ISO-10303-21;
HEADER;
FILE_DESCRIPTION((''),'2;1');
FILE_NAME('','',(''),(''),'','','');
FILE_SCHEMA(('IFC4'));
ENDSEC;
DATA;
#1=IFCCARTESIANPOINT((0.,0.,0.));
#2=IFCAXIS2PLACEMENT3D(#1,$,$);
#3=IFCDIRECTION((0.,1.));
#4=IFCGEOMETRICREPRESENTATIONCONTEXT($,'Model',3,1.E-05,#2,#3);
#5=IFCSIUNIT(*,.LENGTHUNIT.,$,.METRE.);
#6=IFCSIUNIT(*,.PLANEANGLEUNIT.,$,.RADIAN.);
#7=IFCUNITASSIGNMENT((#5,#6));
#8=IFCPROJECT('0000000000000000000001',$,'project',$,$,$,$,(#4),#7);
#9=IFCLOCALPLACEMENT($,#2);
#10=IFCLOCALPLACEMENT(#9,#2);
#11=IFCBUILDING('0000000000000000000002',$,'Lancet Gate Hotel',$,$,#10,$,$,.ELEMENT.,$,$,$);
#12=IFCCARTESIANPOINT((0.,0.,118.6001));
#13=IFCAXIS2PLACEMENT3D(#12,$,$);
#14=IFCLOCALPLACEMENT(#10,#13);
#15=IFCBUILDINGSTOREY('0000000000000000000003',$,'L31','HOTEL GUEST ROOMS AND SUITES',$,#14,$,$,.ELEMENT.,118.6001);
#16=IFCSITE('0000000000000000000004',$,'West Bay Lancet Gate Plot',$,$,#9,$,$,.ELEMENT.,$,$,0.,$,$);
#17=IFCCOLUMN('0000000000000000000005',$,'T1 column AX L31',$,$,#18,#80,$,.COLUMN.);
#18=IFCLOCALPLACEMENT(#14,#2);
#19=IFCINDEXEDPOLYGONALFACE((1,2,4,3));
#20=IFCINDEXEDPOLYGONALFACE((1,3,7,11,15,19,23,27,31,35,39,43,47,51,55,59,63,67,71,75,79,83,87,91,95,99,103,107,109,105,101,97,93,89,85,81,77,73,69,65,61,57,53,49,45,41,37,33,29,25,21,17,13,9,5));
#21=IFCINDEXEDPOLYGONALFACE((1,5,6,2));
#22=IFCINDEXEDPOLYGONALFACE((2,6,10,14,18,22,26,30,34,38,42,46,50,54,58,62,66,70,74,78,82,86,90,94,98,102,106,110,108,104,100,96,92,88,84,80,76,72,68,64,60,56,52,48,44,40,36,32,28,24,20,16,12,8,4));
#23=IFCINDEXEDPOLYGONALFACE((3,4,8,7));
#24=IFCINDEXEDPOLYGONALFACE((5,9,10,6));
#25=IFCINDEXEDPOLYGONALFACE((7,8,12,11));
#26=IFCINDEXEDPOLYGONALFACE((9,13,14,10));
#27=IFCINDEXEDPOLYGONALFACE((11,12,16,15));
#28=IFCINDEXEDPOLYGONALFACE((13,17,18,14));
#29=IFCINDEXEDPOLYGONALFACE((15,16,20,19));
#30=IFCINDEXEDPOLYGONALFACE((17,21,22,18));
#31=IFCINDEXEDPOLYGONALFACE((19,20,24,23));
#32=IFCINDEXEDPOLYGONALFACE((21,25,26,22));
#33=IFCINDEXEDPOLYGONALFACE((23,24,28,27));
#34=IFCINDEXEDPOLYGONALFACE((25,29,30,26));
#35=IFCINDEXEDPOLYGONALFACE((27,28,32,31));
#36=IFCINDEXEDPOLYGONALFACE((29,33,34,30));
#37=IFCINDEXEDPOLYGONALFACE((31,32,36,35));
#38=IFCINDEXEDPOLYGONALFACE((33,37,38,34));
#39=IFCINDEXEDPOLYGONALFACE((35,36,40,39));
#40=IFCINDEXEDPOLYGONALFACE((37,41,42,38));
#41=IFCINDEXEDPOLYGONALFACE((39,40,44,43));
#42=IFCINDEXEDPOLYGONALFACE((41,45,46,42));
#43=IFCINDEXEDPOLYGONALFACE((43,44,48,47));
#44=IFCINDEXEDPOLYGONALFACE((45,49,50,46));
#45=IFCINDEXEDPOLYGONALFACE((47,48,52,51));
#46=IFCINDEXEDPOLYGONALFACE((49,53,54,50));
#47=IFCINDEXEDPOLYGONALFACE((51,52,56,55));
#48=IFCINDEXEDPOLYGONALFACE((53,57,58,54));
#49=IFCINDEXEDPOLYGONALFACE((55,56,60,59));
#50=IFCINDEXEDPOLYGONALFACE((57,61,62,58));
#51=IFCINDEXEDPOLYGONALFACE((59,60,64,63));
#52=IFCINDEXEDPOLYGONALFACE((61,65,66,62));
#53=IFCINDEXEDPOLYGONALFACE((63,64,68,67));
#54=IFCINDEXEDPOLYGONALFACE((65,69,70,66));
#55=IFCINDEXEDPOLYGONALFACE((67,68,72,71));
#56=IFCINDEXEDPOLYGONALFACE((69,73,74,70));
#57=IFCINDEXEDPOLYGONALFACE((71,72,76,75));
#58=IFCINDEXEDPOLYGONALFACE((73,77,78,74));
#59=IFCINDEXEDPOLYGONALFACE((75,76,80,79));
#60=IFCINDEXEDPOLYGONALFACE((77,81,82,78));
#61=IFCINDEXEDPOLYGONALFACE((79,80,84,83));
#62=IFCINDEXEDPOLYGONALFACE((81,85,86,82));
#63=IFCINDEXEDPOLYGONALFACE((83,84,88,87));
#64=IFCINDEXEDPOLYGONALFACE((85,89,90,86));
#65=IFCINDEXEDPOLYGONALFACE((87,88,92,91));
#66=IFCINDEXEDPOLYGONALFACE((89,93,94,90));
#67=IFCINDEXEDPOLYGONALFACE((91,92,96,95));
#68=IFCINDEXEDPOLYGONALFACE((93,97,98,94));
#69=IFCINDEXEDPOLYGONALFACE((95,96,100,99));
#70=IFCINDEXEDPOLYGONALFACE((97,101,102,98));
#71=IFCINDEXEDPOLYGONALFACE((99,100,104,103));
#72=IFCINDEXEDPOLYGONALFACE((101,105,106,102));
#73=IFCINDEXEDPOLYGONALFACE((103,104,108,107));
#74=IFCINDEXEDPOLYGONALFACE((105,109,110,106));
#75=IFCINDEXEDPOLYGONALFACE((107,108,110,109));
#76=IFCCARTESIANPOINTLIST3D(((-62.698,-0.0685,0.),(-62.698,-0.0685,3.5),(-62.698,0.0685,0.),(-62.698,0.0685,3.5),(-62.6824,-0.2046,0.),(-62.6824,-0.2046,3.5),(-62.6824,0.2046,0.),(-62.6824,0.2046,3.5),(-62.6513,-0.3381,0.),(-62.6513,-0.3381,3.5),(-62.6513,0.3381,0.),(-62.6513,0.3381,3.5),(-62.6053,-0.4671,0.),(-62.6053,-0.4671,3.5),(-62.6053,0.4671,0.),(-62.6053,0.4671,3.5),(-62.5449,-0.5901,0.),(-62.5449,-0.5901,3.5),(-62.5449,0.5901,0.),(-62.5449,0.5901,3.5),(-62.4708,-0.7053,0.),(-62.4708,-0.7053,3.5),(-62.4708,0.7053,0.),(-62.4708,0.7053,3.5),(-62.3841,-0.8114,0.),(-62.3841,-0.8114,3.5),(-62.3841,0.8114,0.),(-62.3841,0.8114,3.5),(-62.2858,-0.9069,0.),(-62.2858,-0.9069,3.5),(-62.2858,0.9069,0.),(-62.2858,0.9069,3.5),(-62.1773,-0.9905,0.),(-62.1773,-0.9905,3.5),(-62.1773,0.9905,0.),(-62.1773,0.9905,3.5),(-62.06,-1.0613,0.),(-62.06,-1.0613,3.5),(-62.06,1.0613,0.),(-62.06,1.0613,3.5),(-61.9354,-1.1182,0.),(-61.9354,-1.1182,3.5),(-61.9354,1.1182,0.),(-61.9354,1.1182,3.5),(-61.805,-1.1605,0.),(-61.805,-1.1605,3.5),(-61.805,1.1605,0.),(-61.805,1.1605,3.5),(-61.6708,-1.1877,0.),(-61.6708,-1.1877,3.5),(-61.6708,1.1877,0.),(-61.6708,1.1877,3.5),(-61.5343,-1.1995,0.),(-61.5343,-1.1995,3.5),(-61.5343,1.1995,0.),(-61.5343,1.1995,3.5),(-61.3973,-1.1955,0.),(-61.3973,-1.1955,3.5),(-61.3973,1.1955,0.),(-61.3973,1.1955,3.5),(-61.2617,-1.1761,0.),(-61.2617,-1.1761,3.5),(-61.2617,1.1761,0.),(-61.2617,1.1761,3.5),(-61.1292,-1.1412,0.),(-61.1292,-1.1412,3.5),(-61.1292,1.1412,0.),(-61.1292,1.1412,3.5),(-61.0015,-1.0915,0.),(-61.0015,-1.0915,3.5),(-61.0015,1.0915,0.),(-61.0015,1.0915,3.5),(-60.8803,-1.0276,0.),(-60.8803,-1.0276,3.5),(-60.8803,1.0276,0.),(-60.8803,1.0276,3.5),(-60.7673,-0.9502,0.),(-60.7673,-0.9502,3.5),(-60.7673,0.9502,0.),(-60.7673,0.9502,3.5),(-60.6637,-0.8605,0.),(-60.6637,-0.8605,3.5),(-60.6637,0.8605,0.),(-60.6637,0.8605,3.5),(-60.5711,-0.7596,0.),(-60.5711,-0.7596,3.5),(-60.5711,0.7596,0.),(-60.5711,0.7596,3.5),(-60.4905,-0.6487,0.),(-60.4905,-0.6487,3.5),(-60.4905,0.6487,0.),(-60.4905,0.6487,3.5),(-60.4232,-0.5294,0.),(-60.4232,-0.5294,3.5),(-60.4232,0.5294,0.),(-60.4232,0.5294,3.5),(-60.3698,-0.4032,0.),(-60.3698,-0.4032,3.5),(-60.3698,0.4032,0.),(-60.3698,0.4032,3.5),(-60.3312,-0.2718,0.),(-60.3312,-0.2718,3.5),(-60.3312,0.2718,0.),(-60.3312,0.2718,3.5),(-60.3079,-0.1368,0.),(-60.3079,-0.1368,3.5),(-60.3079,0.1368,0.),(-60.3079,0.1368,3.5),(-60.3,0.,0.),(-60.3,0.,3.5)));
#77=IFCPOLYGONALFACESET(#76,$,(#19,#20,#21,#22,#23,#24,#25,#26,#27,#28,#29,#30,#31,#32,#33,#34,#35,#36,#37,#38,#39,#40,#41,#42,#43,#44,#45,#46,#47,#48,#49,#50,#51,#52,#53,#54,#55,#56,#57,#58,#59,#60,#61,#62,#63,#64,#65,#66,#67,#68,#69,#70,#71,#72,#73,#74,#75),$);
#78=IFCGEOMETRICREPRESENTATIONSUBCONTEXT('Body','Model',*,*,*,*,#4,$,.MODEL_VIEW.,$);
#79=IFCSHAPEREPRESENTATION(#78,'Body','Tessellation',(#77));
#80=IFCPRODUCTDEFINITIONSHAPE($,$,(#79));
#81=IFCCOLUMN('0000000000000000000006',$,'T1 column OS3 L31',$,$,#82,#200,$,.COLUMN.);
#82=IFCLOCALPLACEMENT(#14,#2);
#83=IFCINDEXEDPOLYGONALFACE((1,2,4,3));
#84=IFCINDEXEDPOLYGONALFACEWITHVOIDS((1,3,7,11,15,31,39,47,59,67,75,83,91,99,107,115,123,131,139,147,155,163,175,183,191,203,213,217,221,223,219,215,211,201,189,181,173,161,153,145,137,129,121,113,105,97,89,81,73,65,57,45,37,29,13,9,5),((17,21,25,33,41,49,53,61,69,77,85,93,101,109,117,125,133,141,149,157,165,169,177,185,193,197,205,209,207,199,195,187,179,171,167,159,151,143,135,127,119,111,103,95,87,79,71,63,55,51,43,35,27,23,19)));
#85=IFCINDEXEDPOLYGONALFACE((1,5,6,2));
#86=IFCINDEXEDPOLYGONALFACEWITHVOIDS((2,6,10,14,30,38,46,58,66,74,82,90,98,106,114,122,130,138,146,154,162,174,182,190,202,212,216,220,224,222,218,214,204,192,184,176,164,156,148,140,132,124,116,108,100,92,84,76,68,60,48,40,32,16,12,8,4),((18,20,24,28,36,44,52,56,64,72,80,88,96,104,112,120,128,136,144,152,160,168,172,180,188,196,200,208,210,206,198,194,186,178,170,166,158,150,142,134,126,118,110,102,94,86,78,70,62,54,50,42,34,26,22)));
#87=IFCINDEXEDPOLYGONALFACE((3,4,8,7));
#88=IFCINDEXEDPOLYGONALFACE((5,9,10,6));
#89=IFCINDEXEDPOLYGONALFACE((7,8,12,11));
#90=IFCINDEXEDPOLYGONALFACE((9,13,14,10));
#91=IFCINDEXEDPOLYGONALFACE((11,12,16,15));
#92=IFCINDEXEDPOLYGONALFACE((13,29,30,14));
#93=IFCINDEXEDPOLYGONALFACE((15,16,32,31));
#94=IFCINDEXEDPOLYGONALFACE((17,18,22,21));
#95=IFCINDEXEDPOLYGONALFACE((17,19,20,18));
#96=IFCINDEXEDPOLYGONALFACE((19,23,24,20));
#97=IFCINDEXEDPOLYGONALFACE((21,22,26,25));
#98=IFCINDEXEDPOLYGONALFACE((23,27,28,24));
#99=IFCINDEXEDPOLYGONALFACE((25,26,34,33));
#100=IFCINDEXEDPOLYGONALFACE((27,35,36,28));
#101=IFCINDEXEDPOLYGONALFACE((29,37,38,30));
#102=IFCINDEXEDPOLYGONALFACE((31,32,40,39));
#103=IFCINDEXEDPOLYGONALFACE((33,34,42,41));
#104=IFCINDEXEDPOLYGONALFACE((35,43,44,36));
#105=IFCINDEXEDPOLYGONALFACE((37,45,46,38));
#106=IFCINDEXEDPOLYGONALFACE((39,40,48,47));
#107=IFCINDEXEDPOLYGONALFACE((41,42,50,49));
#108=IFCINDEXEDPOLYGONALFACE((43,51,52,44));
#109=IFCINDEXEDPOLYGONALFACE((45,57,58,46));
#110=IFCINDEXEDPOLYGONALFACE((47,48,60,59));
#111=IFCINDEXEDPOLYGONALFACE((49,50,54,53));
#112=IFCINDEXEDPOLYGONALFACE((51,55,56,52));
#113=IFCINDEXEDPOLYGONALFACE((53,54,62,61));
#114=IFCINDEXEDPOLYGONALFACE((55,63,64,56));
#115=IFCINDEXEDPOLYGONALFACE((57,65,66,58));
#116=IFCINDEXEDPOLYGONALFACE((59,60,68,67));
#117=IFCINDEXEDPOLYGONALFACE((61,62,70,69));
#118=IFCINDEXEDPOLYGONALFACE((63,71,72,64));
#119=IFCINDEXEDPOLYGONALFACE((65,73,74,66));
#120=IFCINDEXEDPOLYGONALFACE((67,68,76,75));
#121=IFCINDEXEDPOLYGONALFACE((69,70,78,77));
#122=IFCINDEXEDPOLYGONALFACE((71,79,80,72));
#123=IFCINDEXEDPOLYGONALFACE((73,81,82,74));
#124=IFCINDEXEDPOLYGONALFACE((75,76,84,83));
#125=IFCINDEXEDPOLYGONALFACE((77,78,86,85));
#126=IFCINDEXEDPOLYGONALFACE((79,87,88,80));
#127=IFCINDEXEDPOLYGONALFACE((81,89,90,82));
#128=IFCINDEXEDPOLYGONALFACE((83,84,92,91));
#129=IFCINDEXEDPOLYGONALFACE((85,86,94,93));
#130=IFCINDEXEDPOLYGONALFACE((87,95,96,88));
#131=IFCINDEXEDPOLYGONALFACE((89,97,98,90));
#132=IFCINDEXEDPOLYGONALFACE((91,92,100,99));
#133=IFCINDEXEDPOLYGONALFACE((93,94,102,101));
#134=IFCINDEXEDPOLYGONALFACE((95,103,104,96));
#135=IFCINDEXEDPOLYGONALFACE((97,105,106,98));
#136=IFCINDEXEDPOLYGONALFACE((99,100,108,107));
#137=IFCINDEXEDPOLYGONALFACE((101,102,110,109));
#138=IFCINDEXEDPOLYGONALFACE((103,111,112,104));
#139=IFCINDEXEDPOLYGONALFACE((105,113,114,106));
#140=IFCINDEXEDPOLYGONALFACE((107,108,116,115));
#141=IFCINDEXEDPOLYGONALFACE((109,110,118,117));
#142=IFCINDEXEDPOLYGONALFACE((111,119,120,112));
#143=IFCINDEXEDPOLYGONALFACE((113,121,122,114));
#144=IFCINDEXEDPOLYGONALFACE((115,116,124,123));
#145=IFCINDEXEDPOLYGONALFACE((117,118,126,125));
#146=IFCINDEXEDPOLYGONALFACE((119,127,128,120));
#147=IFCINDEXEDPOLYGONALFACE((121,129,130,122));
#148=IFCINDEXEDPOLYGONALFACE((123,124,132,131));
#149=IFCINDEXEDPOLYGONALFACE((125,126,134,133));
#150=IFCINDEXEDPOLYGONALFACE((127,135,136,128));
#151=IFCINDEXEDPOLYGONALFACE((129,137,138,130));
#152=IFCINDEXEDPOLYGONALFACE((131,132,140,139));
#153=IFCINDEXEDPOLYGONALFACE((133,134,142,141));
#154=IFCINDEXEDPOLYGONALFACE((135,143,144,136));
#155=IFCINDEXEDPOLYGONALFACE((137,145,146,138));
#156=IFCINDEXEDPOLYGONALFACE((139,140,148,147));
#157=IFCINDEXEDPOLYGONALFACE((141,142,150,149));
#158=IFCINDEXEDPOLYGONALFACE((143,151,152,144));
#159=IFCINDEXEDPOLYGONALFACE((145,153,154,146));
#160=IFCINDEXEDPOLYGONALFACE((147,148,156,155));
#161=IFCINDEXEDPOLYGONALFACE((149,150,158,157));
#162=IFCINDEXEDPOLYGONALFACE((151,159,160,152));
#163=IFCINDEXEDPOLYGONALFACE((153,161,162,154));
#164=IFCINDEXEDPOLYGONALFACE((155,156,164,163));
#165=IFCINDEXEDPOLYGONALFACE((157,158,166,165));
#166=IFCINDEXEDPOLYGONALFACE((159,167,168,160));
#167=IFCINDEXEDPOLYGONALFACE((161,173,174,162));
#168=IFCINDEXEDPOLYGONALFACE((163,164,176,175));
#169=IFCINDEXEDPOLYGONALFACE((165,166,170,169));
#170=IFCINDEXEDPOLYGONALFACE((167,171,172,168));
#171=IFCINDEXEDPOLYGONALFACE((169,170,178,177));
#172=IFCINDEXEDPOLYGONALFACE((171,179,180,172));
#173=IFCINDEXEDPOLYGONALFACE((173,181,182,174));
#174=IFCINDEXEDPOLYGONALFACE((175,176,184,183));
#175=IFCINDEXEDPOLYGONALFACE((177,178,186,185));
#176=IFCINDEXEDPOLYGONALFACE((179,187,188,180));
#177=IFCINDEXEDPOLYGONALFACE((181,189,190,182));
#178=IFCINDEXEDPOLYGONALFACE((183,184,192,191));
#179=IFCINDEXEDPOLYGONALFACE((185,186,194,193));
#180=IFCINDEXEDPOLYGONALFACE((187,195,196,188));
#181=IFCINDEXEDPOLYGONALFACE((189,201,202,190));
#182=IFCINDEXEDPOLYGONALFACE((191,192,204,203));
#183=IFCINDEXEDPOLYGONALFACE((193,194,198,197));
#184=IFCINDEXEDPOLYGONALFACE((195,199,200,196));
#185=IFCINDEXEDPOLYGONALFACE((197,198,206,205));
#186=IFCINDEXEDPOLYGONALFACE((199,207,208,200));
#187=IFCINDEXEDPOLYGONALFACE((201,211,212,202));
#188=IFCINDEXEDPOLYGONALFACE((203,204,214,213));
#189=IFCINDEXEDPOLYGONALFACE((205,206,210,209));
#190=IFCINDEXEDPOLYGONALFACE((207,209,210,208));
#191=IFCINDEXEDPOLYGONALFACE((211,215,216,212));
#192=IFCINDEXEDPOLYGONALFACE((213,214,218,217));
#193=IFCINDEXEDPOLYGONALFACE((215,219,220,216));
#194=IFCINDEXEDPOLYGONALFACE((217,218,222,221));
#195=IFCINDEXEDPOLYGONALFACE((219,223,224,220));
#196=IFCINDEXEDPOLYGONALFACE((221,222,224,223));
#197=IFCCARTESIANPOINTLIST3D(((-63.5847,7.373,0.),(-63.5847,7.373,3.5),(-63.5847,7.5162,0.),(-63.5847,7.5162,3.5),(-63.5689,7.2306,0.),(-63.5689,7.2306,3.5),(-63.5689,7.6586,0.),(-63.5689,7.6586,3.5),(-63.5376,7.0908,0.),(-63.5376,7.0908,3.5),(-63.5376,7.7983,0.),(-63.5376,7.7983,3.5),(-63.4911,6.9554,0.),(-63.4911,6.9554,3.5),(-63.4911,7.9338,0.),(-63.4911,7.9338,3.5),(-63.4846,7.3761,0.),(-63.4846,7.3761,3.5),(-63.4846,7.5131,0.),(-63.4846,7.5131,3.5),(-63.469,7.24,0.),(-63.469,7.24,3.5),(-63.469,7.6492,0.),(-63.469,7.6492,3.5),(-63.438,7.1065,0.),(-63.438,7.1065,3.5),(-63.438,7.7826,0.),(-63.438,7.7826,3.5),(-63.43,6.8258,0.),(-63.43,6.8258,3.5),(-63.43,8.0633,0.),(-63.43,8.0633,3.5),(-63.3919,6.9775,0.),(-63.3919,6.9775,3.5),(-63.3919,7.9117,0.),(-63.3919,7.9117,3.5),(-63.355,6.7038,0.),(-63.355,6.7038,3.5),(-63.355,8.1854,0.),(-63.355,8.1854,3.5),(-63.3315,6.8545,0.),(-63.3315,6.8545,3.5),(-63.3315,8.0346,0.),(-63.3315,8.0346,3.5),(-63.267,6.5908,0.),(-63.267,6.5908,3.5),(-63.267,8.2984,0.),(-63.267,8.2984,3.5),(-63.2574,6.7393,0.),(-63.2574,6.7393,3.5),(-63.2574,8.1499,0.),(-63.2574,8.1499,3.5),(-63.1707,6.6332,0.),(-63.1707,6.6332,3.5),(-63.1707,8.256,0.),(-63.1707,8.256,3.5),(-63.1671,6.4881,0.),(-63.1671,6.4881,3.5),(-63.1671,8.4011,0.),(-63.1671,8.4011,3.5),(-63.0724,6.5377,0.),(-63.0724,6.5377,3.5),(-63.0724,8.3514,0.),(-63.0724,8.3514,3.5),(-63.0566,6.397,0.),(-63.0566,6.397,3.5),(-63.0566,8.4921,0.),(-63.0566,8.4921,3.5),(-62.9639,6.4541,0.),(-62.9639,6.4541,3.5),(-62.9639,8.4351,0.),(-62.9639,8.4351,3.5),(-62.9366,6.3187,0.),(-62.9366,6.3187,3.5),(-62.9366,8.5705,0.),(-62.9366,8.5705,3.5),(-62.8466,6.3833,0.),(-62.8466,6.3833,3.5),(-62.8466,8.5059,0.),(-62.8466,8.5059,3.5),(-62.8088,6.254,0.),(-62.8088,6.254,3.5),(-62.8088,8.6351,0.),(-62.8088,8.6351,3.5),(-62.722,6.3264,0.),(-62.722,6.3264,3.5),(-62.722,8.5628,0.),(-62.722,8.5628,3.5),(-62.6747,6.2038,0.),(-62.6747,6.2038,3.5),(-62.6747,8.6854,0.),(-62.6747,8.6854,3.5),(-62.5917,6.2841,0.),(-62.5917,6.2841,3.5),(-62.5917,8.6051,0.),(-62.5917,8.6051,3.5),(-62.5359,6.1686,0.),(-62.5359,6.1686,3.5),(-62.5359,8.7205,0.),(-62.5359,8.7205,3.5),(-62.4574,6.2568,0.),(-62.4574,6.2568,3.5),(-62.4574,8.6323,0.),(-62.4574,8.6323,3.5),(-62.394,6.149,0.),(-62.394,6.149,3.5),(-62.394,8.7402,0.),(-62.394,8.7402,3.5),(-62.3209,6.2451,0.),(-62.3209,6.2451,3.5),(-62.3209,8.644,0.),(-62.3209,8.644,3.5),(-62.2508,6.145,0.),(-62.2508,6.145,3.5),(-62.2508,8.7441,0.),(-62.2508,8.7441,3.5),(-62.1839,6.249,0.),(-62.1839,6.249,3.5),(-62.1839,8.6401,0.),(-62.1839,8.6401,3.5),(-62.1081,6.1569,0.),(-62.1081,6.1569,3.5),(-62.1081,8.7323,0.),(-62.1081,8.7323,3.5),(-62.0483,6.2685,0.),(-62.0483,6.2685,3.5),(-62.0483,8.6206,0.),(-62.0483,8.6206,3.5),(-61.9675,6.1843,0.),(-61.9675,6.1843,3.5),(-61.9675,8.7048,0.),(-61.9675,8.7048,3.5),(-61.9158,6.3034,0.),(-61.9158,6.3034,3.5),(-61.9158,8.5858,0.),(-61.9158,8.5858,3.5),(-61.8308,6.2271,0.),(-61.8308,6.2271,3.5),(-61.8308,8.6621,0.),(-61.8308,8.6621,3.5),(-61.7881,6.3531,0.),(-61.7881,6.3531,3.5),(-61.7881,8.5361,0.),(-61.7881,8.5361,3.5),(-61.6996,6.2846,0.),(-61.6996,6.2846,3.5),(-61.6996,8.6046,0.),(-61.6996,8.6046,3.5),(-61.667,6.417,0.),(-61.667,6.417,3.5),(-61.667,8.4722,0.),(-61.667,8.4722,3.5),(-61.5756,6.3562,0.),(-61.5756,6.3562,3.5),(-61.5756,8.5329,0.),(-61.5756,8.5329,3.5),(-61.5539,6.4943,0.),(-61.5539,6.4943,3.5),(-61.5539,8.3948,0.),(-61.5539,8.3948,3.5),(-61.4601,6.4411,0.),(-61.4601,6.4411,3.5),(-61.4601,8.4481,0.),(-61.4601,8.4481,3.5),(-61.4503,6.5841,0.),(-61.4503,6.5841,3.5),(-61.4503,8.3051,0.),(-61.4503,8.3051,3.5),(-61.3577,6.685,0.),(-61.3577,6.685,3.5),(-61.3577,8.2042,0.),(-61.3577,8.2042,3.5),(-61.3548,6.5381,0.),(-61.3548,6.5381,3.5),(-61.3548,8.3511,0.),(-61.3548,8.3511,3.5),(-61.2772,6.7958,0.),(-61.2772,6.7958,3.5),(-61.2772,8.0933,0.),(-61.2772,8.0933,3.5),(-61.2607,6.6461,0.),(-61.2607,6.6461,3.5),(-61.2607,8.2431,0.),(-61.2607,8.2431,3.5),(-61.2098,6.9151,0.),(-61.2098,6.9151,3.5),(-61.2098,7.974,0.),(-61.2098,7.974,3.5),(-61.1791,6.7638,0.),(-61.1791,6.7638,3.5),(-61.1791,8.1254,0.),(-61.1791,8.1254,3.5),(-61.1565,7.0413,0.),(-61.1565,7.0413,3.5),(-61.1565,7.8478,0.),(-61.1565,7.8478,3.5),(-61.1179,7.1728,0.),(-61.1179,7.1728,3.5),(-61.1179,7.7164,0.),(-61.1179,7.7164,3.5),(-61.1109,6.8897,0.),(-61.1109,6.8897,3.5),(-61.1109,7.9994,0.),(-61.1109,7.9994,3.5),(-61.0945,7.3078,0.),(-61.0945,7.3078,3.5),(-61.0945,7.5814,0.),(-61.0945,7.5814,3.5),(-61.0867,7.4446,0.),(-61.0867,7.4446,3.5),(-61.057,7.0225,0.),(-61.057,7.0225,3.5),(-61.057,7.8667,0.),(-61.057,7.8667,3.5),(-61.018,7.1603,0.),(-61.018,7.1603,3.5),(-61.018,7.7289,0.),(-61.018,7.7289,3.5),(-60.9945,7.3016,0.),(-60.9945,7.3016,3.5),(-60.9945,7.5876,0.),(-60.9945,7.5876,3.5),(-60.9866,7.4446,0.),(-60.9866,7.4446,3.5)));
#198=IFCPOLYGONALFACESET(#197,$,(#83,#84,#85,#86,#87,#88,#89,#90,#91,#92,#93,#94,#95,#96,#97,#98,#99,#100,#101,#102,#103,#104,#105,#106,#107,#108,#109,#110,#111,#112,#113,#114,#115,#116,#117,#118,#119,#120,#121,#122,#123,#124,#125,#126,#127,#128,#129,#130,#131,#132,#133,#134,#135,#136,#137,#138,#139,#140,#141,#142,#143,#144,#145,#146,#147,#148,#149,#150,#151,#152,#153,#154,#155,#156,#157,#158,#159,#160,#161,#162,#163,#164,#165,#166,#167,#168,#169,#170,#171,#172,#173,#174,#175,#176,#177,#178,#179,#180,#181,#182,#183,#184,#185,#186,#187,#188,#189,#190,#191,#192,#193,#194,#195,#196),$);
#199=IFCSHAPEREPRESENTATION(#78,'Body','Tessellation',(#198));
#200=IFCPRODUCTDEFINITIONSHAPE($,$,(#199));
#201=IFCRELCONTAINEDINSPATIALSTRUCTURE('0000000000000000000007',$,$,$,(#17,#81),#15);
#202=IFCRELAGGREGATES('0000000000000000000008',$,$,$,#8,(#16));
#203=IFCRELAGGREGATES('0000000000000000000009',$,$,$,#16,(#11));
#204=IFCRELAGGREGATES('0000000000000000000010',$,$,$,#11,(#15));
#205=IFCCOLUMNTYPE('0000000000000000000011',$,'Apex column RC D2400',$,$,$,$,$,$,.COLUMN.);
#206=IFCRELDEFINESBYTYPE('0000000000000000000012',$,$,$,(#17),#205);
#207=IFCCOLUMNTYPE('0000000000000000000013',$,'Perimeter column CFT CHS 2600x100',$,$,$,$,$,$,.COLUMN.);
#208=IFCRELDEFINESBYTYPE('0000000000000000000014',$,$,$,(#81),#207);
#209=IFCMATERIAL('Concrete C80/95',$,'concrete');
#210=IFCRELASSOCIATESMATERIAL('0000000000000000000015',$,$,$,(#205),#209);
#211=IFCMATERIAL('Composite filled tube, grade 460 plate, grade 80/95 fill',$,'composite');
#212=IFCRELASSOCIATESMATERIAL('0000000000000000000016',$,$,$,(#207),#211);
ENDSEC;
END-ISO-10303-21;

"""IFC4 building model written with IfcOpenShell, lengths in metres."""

from ifc_helpers import new_model, si_unit, direction, frame, origin, origin_2d, place, context, subcontext, project, spatial, circle, hollow_circle, extrude, material, material_profile, profile_set, type_object, element, save


model = new_model("IFC4")

# Units and contexts
model_context = context("Model", 3, precision=1e-05, world=origin(), true_north=direction((0.0, 1.0)))
body_context = subcontext(model_context, "Body", "Model", "MODEL_VIEW")
ifc_project = project(units=[si_unit("LENGTHUNIT", "METRE"), si_unit("PLANEANGLEUNIT", "RADIAN")], contexts=[model_context])

# Site, building, storey
site_placement = place(None, origin())
site = spatial("IfcSite", under=ifc_project, at=site_placement, Name="West Bay Lancet Gate Plot", CompositionType="ELEMENT", RefElevation=0.0)
building_placement = place(site_placement, origin())
building = spatial("IfcBuilding", under=site, at=building_placement, Name="Lancet Gate Hotel", CompositionType="ELEMENT")
storey_placement = place(building_placement, frame((0.0, 0.0, 118.6001)))
storey = spatial("IfcBuildingStorey", under=building, at=storey_placement, Name="L31", Description="HOTEL GUEST ROOMS AND SUITES", CompositionType="ELEMENT", Elevation=118.6001)

# Columns
ifc_material_1 = material(Name="Concrete C80/95", Category="concrete")
ifc_material_profile_1 = material_profile(ifc_material_1, circle(Radius=1.2, at=origin_2d()), Name="RC D2400")
ifc_profile_set_1 = profile_set([ifc_material_profile_1], Name="Concrete C80/95")
column_type_1 = type_object("IfcColumnType", Name="Apex column RC D2400", PredefinedType="COLUMN", material=ifc_profile_set_1)
column_1_placement = place(storey_placement, frame((-61.5, 0.0, 0.0), z_axis=(0.0, 0.0, 1.0), x_axis=(1.0, 0.0, 0.0)))
element("IfcColumn", 1, at=column_1_placement, inside=storey, type_object=column_type_1, Name="T1 column AX L31", PredefinedType="COLUMN", context=body_context, shape_type="SweptSolid", body=[
    extrude(circle(Radius=1.2, at=origin_2d()), origin(), (0.0, 0.0, 1.0), 3.5),
])
ifc_material_2 = material(Name="Composite filled tube, grade 460 plate, grade 80/95 fill", Category="composite")
ifc_material_profile_2 = material_profile(ifc_material_2, hollow_circle(Radius=1.3, WallThickness=0.1001, at=origin_2d()), Name="CHS 2600x100")
ifc_profile_set_2 = profile_set([ifc_material_profile_2], Name="Composite filled tube, grade 460 plate, grade 80/95 fill")
column_type_2 = type_object("IfcColumnType", Name="Perimeter column CFT CHS 2600x100", PredefinedType="COLUMN", material=ifc_profile_set_2)
column_2_placement = place(storey_placement, frame((-62.2866, 7.4446, 0.0), z_axis=(0.0, 0.0, 1.0), x_axis=(1.0, 0.0, 0.0)))
element("IfcColumn", 2, at=column_2_placement, inside=storey, type_object=column_type_2, Name="T1 column OS3 L31", PredefinedType="COLUMN", context=body_context, shape_type="SweptSolid", body=[
    extrude(hollow_circle(Radius=1.3, WallThickness=0.1001, at=origin_2d()), origin(), (0.0, 0.0, 1.0), 3.5),
])

save(model, "model.ifc")
